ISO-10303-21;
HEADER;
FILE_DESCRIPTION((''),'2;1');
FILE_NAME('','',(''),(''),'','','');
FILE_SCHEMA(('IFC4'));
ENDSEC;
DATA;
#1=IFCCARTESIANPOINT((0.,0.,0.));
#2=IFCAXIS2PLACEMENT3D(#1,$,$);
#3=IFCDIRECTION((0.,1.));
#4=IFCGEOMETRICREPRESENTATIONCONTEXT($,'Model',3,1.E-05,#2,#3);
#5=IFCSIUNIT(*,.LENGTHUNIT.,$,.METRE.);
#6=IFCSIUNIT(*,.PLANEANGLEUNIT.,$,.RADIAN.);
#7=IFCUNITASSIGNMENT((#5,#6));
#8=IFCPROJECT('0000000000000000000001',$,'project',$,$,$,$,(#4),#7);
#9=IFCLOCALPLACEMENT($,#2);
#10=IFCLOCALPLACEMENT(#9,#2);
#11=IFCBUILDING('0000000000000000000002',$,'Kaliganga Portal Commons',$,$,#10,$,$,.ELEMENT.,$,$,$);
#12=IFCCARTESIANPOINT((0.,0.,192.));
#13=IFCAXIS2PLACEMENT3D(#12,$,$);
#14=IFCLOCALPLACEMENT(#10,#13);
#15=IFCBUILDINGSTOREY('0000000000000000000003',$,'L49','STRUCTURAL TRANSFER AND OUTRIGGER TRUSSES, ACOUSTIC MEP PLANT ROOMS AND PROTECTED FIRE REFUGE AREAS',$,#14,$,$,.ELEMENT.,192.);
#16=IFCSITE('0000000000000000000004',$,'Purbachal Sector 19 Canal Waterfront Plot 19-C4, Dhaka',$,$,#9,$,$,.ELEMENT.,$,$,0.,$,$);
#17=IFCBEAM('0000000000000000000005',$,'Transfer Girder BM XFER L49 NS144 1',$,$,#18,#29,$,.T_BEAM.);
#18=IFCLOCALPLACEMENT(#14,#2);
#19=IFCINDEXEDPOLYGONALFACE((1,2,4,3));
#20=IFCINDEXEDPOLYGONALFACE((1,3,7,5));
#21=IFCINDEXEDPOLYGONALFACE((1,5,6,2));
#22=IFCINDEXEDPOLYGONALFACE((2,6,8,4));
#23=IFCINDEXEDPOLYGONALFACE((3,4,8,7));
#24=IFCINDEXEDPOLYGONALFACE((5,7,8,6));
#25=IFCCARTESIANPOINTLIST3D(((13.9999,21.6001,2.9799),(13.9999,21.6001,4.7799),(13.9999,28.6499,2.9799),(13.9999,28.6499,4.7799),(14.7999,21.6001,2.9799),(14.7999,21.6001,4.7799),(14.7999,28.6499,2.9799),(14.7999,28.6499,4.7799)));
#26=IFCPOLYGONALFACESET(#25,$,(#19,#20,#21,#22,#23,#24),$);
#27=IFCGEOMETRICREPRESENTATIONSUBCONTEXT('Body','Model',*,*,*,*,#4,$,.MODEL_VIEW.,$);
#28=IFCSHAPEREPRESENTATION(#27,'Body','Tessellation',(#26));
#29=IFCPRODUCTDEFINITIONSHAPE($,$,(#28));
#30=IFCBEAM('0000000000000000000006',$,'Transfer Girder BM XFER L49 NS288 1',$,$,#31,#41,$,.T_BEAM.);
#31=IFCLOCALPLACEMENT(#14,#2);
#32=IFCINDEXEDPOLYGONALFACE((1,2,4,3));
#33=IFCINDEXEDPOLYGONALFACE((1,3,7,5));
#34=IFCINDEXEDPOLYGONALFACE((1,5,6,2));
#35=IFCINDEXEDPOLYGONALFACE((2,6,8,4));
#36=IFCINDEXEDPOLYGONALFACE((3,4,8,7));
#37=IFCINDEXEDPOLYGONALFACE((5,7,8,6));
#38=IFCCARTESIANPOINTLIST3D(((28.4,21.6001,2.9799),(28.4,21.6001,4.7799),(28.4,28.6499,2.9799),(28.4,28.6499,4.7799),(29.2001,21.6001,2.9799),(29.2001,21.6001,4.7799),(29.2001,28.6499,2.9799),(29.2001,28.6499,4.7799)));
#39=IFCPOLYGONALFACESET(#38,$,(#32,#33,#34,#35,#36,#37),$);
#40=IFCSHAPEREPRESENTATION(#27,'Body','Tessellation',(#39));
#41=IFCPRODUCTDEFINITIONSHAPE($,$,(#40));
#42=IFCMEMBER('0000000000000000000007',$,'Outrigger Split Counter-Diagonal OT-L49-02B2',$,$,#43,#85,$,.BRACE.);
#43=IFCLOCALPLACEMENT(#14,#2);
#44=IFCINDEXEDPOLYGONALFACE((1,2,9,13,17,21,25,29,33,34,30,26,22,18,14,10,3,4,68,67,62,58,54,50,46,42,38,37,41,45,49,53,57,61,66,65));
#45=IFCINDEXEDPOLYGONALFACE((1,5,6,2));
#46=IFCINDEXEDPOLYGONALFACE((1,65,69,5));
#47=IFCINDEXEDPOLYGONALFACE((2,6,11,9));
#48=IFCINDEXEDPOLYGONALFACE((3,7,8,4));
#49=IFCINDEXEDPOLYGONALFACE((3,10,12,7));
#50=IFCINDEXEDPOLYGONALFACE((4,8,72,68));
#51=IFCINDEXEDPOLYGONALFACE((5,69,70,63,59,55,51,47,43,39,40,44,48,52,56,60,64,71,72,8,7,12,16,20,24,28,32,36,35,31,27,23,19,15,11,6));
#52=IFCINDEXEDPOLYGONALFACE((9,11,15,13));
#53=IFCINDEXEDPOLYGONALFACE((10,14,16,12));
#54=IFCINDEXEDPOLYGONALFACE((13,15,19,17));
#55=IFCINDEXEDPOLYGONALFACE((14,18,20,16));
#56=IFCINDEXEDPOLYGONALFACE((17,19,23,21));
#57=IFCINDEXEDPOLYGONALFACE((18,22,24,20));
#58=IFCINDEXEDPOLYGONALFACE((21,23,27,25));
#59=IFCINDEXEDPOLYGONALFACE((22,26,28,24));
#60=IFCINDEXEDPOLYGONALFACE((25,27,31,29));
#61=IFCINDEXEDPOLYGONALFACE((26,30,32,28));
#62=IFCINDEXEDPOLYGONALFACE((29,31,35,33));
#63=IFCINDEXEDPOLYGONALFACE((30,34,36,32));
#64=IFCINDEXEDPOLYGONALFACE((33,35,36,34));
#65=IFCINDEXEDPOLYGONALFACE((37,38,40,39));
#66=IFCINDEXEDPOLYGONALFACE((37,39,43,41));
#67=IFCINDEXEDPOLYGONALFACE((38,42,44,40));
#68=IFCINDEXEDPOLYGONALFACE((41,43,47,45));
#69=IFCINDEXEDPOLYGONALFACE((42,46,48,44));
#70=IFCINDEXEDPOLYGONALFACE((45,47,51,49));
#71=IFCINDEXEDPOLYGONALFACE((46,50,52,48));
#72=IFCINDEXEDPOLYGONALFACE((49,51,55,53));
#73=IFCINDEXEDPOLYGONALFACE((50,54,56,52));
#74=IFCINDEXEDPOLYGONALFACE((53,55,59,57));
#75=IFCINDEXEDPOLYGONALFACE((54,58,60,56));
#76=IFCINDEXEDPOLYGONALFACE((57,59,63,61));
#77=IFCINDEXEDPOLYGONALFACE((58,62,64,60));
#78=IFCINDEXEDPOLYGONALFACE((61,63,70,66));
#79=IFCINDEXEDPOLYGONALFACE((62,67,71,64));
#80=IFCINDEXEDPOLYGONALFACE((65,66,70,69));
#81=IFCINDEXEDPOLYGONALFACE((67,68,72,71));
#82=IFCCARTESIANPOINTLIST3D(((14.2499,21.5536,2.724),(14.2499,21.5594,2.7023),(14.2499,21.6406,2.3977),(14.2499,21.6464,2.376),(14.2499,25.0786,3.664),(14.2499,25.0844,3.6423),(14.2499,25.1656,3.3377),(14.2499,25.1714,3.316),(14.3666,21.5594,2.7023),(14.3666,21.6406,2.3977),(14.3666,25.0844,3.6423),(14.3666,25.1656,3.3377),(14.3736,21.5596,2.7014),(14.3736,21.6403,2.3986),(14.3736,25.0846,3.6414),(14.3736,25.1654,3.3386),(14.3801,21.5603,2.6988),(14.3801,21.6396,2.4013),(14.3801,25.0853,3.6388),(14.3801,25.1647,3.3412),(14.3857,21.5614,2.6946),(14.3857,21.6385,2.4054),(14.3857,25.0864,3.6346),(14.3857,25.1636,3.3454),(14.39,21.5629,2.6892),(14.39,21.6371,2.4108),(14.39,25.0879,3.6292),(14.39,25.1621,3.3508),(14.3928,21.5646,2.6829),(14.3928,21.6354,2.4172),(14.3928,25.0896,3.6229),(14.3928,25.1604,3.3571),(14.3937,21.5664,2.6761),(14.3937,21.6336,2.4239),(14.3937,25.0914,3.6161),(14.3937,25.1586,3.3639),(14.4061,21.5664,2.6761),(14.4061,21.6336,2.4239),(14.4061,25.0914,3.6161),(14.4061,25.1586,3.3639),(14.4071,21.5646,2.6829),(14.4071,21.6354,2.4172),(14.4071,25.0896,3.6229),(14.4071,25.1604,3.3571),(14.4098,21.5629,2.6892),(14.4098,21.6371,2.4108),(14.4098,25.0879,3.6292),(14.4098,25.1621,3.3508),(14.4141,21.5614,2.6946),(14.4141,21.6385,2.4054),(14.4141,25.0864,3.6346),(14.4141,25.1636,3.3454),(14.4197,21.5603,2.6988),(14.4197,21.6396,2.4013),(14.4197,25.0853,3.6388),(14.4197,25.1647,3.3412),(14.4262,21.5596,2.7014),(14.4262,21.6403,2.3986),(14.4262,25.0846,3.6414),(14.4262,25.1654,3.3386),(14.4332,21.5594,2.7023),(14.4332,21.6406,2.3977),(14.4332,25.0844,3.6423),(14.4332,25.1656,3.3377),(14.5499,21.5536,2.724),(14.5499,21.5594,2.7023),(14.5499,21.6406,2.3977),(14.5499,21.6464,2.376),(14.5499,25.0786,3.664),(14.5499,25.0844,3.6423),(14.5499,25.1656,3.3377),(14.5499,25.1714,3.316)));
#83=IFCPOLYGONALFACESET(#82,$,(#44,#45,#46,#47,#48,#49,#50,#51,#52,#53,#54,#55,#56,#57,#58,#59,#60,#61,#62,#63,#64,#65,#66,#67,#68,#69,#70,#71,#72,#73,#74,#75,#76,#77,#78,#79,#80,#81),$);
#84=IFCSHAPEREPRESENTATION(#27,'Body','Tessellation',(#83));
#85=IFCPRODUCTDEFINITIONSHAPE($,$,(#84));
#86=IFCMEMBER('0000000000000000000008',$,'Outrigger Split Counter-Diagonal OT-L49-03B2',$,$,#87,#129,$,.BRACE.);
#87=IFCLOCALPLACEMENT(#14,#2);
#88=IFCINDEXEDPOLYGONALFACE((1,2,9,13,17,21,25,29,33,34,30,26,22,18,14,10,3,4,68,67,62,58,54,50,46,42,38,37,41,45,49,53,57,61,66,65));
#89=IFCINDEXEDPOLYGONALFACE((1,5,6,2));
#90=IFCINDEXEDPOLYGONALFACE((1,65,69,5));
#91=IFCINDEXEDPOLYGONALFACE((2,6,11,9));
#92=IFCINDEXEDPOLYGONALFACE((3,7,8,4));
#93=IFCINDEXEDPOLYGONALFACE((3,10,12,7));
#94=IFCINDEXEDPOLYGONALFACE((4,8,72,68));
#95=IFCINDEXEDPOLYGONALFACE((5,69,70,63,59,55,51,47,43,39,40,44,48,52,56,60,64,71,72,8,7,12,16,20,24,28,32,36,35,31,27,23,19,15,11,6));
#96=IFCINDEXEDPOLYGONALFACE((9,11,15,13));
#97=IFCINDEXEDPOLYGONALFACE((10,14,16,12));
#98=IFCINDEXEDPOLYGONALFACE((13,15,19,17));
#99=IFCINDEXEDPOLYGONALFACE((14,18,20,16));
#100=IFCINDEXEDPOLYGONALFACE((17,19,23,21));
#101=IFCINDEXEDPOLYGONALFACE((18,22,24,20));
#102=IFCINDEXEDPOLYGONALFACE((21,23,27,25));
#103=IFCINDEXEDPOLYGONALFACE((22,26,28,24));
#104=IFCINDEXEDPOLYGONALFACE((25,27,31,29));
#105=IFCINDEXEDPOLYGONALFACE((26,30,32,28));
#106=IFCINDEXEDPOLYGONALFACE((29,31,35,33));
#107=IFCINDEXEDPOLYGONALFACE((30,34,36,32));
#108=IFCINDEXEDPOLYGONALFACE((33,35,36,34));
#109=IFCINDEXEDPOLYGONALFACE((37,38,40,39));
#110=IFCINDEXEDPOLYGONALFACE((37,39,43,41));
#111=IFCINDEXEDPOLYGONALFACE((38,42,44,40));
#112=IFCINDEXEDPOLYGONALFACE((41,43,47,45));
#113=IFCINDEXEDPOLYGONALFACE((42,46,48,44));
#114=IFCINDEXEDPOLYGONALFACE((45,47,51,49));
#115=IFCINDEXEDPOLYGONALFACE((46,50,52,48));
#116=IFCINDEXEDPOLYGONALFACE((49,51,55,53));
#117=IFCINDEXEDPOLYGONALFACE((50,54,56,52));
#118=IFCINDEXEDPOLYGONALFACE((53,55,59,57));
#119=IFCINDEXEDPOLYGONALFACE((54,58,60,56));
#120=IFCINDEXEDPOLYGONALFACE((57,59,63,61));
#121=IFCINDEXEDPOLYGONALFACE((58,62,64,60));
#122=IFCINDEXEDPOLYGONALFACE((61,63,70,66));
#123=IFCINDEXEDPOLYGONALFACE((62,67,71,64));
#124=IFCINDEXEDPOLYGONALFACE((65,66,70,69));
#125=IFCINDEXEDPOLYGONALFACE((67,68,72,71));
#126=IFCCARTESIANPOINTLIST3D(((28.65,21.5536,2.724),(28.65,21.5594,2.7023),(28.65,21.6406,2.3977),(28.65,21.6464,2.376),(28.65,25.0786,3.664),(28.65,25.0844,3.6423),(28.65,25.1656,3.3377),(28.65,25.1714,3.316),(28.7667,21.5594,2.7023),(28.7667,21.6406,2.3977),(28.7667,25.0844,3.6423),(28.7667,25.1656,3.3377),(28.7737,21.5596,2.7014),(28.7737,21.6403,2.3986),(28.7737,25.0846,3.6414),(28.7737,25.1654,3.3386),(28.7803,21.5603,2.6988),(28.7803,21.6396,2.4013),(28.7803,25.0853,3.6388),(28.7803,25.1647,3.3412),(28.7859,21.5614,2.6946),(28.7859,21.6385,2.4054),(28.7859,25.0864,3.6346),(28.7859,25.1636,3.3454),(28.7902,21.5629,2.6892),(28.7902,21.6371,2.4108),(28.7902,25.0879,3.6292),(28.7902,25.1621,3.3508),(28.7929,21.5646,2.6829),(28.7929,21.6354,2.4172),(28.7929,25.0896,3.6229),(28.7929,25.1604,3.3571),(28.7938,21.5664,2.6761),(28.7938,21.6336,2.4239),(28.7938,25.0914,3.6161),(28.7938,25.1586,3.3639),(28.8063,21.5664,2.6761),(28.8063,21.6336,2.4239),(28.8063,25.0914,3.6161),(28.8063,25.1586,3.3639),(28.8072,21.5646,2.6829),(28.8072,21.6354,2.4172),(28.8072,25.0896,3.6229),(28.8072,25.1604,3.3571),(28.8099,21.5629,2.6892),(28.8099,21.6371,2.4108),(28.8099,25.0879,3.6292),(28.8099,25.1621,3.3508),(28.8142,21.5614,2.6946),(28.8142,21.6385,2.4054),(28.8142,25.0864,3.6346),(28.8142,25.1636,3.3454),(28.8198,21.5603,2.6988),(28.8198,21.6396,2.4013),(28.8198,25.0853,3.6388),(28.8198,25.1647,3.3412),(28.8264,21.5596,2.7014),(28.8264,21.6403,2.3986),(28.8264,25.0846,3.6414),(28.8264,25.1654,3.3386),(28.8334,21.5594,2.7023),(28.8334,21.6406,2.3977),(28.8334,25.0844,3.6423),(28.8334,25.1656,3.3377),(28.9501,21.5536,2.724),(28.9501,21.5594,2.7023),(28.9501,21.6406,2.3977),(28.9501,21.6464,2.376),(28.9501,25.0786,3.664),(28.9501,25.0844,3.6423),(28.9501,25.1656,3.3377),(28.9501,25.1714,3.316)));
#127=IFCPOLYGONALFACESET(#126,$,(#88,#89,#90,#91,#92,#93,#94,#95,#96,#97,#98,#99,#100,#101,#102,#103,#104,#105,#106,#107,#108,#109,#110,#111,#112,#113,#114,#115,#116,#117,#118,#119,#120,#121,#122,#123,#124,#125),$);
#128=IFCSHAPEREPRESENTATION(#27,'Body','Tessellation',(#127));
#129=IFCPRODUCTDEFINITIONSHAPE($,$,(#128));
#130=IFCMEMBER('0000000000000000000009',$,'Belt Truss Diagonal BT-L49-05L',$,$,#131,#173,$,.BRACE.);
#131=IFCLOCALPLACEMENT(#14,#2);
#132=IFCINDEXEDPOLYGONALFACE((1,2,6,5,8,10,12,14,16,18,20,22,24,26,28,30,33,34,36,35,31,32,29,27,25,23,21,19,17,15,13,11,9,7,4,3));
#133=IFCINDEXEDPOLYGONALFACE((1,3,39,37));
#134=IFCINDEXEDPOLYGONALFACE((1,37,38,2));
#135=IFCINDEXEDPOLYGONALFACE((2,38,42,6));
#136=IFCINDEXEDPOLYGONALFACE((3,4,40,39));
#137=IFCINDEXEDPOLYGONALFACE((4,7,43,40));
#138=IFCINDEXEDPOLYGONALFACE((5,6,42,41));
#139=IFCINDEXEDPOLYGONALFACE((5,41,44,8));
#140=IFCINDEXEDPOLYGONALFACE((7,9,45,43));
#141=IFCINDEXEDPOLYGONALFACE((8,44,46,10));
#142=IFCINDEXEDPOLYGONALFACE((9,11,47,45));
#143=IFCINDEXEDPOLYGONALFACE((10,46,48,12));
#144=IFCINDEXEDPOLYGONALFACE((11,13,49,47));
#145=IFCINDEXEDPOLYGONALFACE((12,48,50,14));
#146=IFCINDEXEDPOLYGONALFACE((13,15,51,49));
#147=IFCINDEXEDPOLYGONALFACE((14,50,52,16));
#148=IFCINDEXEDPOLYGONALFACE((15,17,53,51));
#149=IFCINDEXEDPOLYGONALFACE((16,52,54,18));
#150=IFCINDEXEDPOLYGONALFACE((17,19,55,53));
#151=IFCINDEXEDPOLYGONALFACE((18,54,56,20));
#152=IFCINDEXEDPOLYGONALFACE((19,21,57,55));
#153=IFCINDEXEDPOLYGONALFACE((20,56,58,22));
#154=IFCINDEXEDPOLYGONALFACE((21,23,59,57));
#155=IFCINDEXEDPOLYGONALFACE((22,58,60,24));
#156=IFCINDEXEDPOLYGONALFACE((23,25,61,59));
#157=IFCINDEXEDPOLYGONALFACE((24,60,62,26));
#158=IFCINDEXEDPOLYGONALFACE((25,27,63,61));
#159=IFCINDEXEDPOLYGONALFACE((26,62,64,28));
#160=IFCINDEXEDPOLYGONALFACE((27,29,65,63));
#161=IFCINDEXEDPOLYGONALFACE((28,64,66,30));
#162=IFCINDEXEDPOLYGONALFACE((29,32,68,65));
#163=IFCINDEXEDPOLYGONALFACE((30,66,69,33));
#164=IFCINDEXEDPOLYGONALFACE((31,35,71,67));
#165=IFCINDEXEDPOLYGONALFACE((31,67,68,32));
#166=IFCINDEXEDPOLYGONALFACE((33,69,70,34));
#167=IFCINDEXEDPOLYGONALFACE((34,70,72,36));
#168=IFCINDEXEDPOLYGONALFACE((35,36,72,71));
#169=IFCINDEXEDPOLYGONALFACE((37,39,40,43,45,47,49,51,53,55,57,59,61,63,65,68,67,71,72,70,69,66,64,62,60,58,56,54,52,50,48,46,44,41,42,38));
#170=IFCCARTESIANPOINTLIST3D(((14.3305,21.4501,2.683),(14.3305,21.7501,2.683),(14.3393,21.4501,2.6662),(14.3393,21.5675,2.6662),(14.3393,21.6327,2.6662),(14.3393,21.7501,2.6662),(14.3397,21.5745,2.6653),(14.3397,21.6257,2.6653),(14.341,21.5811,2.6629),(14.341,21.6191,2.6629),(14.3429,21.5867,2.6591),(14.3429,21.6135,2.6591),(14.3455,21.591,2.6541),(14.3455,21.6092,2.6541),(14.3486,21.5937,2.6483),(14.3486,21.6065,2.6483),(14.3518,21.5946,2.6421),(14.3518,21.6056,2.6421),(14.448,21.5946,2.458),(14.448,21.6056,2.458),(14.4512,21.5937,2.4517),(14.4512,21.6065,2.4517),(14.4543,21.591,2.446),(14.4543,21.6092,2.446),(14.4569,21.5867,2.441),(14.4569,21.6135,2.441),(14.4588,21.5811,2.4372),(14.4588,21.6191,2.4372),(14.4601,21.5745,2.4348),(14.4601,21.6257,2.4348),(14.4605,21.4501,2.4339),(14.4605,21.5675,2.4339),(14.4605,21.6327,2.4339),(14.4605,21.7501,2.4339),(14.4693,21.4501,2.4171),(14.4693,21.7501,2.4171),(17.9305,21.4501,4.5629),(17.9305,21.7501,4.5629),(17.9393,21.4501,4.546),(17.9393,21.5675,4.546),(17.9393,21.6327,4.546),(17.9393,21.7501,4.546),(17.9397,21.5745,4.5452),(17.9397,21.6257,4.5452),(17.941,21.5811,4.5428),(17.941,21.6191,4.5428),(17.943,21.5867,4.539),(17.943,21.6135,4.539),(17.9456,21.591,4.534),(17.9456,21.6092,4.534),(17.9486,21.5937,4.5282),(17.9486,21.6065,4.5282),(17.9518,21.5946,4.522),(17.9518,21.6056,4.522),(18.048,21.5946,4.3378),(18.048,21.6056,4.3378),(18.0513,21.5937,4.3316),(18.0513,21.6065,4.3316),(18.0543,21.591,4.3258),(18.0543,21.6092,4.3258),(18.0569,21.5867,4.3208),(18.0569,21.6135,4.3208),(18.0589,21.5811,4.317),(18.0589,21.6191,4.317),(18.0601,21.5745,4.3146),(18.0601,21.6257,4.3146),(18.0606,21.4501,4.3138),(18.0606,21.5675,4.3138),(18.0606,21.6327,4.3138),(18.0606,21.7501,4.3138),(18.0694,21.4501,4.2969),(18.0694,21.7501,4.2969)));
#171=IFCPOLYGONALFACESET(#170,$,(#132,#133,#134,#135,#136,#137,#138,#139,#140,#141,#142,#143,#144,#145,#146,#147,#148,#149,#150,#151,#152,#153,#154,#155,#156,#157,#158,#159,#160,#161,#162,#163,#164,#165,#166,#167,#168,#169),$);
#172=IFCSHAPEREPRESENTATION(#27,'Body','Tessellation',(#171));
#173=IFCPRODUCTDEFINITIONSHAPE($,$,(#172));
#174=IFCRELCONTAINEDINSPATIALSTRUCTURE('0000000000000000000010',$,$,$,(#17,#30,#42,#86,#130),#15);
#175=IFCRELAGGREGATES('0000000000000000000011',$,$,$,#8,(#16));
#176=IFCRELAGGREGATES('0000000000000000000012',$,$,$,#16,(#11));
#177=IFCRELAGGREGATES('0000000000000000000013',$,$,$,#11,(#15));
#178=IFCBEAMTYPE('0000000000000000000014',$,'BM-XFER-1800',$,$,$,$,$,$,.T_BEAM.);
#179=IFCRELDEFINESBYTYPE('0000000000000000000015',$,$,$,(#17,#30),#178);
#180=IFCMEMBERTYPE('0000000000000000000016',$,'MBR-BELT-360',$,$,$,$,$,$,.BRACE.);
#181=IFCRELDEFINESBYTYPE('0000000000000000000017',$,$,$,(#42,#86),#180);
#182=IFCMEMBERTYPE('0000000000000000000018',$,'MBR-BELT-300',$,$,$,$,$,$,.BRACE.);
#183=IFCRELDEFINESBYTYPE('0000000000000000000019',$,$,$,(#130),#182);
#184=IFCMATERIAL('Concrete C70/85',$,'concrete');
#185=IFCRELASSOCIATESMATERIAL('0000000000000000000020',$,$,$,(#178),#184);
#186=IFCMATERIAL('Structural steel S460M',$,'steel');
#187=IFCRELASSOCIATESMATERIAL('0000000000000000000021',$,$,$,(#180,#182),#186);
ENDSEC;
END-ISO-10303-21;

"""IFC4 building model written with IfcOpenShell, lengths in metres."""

from ifc_helpers import new_model, si_unit, direction, frame, origin, origin_2d, place, context, subcontext, project, spatial, rectangle, i_section, extrude, source, transform, mapped, material, material_profile, profile_set, type_object, element, save


model = new_model("IFC4")

# Units and contexts
model_context = context("Model", 3, precision=1e-05, world=origin(), true_north=direction((0.0, 1.0)))
body_context = subcontext(model_context, "Body", "Model", "MODEL_VIEW")
ifc_project = project(units=[si_unit("LENGTHUNIT", "METRE"), si_unit("PLANEANGLEUNIT", "RADIAN")], contexts=[model_context])

# Site, building, storey
site_placement = place(None, origin())
site = spatial("IfcSite", under=ifc_project, at=site_placement, Name="Purbachal Sector 19 Canal Waterfront Plot 19-C4, Dhaka", CompositionType="ELEMENT", RefElevation=0.0)
building_placement = place(site_placement, origin())
building = spatial("IfcBuilding", under=site, at=building_placement, Name="Kaliganga Portal Commons", CompositionType="ELEMENT")
storey_placement = place(building_placement, frame((0.0, 0.0, 192.0)))
storey = spatial("IfcBuildingStorey", under=building, at=storey_placement, Name="L49", Description="STRUCTURAL TRANSFER AND OUTRIGGER TRUSSES, ACOUSTIC MEP PLANT ROOMS AND PROTECTED FIRE REFUGE AREAS", CompositionType="ELEMENT", Elevation=192.0)

# Shared definitions
ifc_material_1 = material(Name="Structural steel S460M", Category="steel")

# Beams
ifc_material_2 = material(Name="Concrete C70/85", Category="concrete")
ifc_material_profile_1 = material_profile(ifc_material_2, rectangle(XDim=0.8, YDim=1.8, at=origin_2d()), Name="RC 800x1800")
ifc_profile_set_1 = profile_set([ifc_material_profile_1], Name="Concrete C70/85")
beam_type_1 = type_object("IfcBeamType", Name="BM-XFER-1800", PredefinedType="T_BEAM", material=ifc_profile_set_1)
shared_shape_1 = source(origin(), body_context, "Body", "SweptSolid", [
    extrude(rectangle(XDim=0.8, YDim=1.8, at=origin_2d()), origin(), (0.0, 0.0, 1.0), 7.0498),
])
for number, where, z_axis, x_axis, name in (
    (1, (14.3999, 21.6001, 3.8799), (0.0, 1.0, 0.0), (-1.0, 0.0, 0.0), "Transfer Girder BM XFER L49 NS144 1"),
    (2, (28.8, 21.6001, 3.8799), (0.0, 1.0, 0.0), (-1.0, 0.0, 0.0), "Transfer Girder BM XFER L49 NS288 1"),
):
    element("IfcBeam", number, at=place(storey_placement, frame(where, z_axis=z_axis, x_axis=x_axis)), inside=storey, type_object=beam_type_1, Name=name, PredefinedType="T_BEAM", context=body_context, shape_type="MappedRepresentation", body=[
        mapped(shared_shape_1, transform((0.0, 0.0, 0.0), x_axis=(1.0, 0.0, 0.0), y_axis=(0.0, 1.0, 0.0), z_axis=(0.0, 0.0, 1.0), scale=1.0)),
    ])

# Members
ifc_material_profile_2 = material_profile(ifc_material_1, i_section(OverallWidth=0.3, OverallDepth=0.3601, WebThickness=0.0125, FlangeThickness=0.0225, FilletRadius=0.0271, at=origin_2d()), Name="HE 360 B")
ifc_profile_set_2 = profile_set([ifc_material_profile_2], Name="Structural steel S460M wide-flange")
member_type_1 = type_object("IfcMemberType", Name="MBR-BELT-360", PredefinedType="BRACE", material=ifc_profile_set_2)
shared_shape_2 = source(origin(), body_context, "Body", "SweptSolid", [
    extrude(i_section(OverallWidth=0.3, OverallDepth=0.3601, WebThickness=0.0125, FlangeThickness=0.0225, FilletRadius=0.0271, at=origin_2d()), origin(), (0.0, 0.0, 1.0), 3.6482),
])
for number, where, z_axis, x_axis, name in (
    (3, (14.3999, 25.125, 3.49), (0.0, -0.966237, -0.257654), (1.0, 0.0, 0.0), "Outrigger Split Counter-Diagonal OT-L49-02B2"),
    (4, (28.8, 25.125, 3.49), (0.0, -0.966237, -0.257654), (1.0, 0.0, 0.0), "Outrigger Split Counter-Diagonal OT-L49-03B2"),
):
    element("IfcMember", number, at=place(storey_placement, frame(where, z_axis=z_axis, x_axis=x_axis)), inside=storey, type_object=member_type_1, Name=name, PredefinedType="BRACE", context=body_context, shape_type="MappedRepresentation", body=[
        mapped(shared_shape_2, transform((0.0, 0.0, 0.0), x_axis=(1.0, 0.0, 0.0), y_axis=(0.0, 1.0, 0.0), z_axis=(0.0, 0.0, 1.0), scale=1.0)),
    ])
ifc_material_profile_3 = material_profile(ifc_material_1, i_section(OverallWidth=0.3, OverallDepth=0.3, WebThickness=0.011, FlangeThickness=0.019, FilletRadius=0.0271, at=origin_2d()), Name="HE 300 B")
ifc_profile_set_3 = profile_set([ifc_material_profile_3], Name="Structural steel S460M wide-flange")
member_type_2 = type_object("IfcMemberType", Name="MBR-BELT-300", PredefinedType="BRACE", material=ifc_profile_set_3)
shared_shape_3 = source(origin(), body_context, "Body", "SweptSolid", [
    extrude(i_section(OverallWidth=0.3, OverallDepth=0.3, WebThickness=0.011, FlangeThickness=0.019, FilletRadius=0.0271, at=origin_2d()), origin(), (0.0, 0.0, 1.0), 4.0613),
])
for number, where, z_axis, x_axis, name in (
    (5, (14.3999, 21.6001, 2.55), (0.886426, 0.0, 0.46287), (0.0, 1.0, 0.0), "Belt Truss Diagonal BT-L49-05L"),
):
    element("IfcMember", number, at=place(storey_placement, frame(where, z_axis=z_axis, x_axis=x_axis)), inside=storey, type_object=member_type_2, Name=name, PredefinedType="BRACE", context=body_context, shape_type="MappedRepresentation", body=[
        mapped(shared_shape_3, transform((0.0, 0.0, 0.0), x_axis=(1.0, 0.0, 0.0), y_axis=(0.0, 1.0, 0.0), z_axis=(0.0, 0.0, 1.0), scale=1.0)),
    ])

save(model, "model.ifc")
